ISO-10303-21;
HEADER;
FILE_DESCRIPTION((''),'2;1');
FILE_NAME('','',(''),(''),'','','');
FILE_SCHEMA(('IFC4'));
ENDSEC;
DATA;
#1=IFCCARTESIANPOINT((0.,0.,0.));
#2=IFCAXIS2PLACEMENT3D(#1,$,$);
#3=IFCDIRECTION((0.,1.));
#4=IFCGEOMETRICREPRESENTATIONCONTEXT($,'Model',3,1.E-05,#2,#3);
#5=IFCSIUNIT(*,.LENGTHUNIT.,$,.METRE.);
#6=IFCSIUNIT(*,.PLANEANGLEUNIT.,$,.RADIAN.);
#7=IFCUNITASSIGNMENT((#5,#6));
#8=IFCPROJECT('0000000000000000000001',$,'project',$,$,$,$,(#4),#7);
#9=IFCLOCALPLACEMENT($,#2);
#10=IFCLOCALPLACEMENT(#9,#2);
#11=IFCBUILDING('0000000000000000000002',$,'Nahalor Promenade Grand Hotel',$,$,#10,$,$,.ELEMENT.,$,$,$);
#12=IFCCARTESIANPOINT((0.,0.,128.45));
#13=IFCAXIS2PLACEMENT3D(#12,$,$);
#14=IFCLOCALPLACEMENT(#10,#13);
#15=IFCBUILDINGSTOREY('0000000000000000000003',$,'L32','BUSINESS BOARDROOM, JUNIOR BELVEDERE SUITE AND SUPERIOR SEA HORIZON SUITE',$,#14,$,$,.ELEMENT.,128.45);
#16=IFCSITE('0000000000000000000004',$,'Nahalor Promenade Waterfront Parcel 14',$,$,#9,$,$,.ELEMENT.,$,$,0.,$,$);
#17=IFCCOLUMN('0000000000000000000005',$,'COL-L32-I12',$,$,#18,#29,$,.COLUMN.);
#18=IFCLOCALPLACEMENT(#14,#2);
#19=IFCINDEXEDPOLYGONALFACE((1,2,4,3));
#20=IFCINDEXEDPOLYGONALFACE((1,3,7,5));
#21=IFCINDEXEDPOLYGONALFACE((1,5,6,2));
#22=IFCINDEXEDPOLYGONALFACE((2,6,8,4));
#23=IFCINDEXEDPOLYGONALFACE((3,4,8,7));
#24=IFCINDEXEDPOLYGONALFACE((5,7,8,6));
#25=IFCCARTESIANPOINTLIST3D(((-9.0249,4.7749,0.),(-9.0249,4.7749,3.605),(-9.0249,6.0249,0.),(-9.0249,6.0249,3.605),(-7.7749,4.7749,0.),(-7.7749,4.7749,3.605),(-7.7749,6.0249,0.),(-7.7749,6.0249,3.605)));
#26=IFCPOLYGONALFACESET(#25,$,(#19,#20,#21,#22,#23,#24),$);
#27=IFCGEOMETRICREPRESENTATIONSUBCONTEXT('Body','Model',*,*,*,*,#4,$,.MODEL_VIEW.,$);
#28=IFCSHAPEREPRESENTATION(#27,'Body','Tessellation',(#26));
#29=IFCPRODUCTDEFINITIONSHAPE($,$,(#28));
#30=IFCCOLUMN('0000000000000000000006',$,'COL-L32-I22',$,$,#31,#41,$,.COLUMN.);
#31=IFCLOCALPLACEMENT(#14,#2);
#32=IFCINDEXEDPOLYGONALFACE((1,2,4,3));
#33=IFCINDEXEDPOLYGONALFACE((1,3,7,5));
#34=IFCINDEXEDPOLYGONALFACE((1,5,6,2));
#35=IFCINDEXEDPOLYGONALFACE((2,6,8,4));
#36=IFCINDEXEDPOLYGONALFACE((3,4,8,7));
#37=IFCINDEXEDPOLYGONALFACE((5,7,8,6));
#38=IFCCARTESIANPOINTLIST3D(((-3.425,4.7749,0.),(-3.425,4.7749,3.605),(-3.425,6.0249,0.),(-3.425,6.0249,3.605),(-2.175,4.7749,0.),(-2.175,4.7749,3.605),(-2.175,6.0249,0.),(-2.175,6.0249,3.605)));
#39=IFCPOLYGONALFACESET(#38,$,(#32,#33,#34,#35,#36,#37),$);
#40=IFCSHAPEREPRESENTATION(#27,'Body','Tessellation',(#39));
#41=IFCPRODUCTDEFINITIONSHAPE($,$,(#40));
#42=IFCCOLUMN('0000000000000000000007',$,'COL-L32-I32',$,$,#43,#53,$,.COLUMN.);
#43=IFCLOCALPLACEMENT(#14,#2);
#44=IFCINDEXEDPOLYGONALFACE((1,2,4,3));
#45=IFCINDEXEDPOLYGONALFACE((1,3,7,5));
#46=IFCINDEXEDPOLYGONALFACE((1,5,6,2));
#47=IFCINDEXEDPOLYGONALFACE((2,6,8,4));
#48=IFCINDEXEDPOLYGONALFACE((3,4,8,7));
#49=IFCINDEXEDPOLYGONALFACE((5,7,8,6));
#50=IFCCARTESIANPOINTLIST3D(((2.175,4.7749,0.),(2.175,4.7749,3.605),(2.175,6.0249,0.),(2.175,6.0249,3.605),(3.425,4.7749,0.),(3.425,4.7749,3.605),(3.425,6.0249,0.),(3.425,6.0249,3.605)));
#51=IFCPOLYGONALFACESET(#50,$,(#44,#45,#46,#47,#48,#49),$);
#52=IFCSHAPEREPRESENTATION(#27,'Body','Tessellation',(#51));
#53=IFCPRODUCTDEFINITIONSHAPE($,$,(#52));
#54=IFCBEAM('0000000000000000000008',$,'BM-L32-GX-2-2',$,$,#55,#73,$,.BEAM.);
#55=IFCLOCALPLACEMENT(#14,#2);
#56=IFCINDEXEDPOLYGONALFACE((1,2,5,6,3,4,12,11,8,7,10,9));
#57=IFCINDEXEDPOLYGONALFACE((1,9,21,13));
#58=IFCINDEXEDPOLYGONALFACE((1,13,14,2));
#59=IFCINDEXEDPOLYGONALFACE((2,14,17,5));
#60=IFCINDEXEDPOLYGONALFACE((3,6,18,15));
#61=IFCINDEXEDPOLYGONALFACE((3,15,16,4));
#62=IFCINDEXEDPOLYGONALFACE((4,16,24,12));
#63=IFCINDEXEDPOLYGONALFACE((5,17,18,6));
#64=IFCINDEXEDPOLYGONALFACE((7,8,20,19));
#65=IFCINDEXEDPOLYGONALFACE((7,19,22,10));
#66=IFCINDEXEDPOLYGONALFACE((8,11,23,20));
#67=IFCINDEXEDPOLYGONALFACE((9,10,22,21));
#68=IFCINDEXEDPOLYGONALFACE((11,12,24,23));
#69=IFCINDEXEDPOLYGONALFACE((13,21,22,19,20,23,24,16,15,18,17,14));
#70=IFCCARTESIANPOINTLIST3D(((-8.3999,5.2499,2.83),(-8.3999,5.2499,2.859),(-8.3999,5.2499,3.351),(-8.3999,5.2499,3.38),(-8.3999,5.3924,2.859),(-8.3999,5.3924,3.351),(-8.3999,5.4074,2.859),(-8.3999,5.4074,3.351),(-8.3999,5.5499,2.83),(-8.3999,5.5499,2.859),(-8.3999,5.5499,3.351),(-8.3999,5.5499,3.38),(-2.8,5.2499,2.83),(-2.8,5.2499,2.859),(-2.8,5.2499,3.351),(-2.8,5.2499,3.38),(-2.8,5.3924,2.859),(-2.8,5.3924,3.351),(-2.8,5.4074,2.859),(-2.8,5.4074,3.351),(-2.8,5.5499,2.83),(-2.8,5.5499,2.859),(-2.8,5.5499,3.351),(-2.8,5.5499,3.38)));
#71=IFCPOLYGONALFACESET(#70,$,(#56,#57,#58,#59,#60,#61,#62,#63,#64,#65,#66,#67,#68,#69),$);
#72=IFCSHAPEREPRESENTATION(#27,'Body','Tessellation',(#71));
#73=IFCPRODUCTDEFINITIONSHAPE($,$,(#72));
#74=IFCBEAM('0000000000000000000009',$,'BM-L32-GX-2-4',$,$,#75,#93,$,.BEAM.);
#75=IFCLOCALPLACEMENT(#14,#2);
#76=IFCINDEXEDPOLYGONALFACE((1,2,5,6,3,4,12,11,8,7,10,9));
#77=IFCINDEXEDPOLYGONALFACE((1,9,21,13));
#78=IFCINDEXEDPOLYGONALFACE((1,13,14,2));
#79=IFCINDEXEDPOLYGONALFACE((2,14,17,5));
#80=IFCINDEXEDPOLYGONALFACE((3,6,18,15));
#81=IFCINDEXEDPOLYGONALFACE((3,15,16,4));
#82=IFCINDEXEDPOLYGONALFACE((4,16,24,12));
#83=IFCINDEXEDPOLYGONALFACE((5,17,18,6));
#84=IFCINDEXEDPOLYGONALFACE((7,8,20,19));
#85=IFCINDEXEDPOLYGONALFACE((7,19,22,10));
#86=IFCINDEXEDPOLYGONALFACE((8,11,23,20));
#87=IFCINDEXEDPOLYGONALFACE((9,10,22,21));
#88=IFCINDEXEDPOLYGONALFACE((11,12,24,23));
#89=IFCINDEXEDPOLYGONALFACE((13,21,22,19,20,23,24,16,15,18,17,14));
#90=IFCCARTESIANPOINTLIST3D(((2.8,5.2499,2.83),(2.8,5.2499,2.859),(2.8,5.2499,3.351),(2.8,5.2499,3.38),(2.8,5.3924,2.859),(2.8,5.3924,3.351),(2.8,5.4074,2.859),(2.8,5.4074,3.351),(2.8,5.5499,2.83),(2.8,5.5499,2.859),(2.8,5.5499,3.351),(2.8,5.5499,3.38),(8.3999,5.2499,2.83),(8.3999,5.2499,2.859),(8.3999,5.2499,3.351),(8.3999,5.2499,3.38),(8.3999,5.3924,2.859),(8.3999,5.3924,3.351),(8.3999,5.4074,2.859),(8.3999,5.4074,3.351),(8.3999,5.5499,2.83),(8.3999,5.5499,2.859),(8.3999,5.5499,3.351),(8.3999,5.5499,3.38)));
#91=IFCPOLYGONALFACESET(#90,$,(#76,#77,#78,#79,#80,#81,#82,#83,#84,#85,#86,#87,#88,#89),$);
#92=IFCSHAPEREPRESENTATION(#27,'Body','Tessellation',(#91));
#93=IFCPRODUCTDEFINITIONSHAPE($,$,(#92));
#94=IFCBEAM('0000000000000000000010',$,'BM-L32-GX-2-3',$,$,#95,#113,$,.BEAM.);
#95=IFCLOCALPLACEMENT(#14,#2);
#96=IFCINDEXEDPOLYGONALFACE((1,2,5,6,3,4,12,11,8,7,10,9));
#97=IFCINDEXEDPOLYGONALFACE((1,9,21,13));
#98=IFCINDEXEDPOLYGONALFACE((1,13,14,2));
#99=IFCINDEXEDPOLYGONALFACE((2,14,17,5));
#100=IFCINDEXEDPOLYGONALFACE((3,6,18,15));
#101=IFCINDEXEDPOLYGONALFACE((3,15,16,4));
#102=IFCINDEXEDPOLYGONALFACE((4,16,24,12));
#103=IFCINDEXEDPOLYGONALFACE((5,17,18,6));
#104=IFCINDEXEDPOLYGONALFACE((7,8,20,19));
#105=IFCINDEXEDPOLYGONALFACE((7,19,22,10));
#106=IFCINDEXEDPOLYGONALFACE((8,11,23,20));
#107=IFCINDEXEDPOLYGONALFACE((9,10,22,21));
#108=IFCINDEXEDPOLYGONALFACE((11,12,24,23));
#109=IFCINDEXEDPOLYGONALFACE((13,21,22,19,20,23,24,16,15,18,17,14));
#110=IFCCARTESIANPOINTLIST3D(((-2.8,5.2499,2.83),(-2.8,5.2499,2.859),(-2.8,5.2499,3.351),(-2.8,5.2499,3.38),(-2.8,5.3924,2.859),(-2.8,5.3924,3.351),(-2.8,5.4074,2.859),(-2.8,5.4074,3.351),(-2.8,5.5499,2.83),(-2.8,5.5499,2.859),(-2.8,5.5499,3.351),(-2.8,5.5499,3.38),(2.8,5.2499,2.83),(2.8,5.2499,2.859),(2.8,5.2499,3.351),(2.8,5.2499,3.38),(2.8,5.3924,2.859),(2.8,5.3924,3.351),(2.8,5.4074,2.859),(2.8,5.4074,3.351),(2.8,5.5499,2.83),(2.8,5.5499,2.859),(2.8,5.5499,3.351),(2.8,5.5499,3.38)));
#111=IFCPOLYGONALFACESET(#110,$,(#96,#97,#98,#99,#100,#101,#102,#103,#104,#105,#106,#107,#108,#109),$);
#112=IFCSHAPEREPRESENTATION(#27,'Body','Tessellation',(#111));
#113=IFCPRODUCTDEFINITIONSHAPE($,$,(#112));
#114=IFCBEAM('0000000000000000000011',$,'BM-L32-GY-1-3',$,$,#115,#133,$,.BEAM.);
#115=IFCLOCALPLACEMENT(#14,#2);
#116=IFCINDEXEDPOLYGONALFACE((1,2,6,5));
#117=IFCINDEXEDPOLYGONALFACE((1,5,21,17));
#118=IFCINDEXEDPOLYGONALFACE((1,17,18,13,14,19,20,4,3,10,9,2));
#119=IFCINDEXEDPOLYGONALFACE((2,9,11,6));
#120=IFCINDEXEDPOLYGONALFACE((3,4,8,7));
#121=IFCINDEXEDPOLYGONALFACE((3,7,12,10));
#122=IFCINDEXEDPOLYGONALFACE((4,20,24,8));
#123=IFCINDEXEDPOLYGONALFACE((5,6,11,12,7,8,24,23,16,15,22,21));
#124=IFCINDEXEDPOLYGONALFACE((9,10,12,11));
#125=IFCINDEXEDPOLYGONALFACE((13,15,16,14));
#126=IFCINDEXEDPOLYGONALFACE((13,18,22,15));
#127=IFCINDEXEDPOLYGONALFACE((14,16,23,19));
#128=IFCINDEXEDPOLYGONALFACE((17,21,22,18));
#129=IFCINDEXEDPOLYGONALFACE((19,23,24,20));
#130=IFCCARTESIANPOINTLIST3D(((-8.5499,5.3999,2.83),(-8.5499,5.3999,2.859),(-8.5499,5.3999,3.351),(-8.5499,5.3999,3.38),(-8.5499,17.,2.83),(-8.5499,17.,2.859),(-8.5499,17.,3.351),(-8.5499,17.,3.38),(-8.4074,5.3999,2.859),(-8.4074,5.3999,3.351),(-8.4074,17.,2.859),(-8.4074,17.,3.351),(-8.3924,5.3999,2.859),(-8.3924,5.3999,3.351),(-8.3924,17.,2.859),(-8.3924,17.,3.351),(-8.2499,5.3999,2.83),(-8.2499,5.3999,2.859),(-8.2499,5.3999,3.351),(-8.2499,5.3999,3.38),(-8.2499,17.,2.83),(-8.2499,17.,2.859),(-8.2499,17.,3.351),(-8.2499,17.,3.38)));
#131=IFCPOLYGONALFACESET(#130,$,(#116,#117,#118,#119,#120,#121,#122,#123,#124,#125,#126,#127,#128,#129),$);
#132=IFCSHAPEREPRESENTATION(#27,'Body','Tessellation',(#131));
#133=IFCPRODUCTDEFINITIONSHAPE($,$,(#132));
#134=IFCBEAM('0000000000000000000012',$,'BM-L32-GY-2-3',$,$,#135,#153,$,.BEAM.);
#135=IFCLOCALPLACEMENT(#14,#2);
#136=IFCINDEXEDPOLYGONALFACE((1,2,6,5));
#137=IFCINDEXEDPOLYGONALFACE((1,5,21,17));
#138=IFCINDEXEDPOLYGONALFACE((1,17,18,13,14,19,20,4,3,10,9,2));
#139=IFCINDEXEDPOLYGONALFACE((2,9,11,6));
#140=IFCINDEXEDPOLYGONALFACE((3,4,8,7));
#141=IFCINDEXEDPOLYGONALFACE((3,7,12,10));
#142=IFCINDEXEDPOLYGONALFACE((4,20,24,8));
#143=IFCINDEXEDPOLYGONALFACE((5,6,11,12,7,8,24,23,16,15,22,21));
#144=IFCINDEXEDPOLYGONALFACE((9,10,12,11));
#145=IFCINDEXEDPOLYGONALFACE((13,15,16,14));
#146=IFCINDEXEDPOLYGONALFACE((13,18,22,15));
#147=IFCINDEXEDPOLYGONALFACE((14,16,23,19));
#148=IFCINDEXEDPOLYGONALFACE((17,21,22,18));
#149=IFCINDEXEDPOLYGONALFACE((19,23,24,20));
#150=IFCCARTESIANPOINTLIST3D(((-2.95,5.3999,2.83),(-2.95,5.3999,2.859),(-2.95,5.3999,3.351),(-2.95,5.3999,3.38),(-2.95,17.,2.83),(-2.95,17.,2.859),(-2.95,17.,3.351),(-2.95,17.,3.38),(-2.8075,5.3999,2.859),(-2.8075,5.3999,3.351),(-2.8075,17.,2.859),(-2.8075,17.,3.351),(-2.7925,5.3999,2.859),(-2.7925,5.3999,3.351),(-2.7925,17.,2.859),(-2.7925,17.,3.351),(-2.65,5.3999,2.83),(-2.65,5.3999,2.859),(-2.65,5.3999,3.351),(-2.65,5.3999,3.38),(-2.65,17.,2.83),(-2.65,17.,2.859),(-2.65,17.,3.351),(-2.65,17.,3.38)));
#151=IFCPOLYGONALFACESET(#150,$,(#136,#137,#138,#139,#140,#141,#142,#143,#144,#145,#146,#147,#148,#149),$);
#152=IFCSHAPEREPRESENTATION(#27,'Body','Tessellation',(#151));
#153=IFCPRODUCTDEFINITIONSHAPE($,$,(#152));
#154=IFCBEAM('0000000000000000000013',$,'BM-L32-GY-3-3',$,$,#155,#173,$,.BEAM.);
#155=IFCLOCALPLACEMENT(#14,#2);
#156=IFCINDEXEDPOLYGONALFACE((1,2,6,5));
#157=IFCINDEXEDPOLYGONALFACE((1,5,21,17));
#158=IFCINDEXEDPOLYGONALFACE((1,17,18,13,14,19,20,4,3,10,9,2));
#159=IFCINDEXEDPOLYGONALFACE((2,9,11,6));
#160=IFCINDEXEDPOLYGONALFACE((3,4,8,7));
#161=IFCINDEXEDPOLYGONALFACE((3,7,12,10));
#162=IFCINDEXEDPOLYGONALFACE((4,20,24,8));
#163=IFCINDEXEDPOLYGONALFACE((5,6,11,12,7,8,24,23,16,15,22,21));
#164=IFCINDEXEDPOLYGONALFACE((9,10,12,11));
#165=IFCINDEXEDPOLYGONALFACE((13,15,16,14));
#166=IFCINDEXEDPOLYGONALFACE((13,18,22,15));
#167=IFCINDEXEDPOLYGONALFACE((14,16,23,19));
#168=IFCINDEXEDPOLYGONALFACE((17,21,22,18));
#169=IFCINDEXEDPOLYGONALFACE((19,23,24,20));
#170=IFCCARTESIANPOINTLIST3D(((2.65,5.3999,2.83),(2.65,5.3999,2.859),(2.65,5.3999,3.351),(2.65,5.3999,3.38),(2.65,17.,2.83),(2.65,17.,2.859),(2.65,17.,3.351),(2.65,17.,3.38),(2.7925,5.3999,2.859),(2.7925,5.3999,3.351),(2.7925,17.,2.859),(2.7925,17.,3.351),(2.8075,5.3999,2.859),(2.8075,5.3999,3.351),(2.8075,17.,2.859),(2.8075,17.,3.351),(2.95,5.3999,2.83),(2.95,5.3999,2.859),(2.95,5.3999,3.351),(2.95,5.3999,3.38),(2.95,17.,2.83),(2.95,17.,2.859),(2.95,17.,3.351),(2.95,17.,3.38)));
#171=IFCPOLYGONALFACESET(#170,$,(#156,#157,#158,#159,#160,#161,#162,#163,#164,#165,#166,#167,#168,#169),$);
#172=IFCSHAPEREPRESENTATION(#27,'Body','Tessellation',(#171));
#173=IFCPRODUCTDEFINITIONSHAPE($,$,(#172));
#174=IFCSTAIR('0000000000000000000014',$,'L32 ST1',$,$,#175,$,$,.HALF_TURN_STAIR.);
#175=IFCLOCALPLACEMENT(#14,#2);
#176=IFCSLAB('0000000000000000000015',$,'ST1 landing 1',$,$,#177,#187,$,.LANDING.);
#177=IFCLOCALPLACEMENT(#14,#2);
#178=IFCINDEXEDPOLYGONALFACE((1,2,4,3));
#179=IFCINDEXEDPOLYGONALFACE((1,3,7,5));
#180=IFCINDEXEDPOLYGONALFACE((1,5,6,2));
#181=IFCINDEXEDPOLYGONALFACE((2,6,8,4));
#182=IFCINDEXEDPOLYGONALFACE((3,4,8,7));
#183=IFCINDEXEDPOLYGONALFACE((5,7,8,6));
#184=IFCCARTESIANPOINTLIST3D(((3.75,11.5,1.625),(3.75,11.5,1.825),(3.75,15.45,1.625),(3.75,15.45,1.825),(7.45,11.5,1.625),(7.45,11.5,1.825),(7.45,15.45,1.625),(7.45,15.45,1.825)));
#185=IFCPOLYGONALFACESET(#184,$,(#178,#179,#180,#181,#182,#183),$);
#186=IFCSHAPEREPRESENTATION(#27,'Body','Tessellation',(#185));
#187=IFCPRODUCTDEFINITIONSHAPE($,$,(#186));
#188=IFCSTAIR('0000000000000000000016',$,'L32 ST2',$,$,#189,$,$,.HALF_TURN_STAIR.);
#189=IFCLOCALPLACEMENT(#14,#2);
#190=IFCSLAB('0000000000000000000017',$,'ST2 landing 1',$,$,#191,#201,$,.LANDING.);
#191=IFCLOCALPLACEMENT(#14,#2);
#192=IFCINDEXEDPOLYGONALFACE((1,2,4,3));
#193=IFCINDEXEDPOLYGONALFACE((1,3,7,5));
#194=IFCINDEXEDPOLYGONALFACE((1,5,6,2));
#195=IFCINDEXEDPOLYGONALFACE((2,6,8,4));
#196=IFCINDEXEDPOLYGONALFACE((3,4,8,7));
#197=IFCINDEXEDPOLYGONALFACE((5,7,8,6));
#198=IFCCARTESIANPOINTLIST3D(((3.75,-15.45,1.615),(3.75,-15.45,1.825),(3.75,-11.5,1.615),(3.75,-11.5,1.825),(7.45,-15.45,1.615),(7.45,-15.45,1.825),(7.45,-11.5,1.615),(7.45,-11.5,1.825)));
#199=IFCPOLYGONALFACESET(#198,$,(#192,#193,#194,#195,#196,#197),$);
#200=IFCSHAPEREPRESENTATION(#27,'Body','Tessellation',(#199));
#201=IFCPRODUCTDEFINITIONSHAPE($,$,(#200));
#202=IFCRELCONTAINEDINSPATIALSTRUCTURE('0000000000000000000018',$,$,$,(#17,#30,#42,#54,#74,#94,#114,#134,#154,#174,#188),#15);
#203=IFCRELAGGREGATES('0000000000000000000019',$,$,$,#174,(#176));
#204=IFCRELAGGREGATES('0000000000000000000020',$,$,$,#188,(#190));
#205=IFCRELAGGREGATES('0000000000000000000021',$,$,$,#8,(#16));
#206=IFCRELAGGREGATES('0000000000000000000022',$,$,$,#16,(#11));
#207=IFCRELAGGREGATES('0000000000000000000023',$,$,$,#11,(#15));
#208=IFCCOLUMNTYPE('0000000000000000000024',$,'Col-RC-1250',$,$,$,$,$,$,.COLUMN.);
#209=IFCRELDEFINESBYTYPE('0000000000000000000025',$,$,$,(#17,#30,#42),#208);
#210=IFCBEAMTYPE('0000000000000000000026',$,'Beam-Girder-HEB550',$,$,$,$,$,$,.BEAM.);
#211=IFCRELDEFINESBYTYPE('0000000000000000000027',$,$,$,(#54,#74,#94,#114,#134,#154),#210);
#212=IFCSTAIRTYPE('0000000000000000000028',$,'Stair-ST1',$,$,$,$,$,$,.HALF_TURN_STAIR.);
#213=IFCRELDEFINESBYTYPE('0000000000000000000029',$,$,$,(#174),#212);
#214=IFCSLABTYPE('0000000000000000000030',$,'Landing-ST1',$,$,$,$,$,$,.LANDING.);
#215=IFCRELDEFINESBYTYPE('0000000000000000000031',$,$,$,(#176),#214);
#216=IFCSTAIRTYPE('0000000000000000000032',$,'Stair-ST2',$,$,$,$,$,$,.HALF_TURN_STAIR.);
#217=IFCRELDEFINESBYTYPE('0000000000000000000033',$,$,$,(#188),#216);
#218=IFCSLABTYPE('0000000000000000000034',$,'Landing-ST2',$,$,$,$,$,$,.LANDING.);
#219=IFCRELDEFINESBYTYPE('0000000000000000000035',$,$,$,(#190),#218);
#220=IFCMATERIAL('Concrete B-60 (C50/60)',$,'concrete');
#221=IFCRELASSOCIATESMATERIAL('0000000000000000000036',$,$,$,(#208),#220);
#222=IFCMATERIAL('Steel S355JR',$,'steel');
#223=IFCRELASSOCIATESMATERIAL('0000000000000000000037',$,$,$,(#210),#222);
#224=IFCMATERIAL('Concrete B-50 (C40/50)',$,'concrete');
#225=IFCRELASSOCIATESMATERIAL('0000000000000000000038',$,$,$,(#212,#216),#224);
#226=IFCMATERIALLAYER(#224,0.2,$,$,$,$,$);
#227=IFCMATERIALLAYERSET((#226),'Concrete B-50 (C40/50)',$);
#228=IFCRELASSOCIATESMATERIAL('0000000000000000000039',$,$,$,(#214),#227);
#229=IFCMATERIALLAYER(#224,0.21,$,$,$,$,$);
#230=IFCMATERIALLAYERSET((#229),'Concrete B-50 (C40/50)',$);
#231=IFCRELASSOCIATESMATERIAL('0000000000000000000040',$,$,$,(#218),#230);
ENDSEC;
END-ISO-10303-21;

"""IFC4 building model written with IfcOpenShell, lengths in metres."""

from ifc_helpers import new_model, si_unit, direction, frame, origin, origin_2d, place, context, subcontext, project, spatial, polyline, rectangle, i_section, outline, extrude, source, transform, mapped, material, layer, layer_set, material_profile, profile_set, type_object, element, aggregate, save


model = new_model("IFC4")

# Units and contexts
model_context = context("Model", 3, precision=1e-05, world=origin(), true_north=direction((0.0, 1.0)))
body_context = subcontext(model_context, "Body", "Model", "MODEL_VIEW")
ifc_project = project(units=[si_unit("LENGTHUNIT", "METRE"), si_unit("PLANEANGLEUNIT", "RADIAN")], contexts=[model_context])

# Site, building, storey
site_placement = place(None, origin())
site = spatial("IfcSite", under=ifc_project, at=site_placement, Name="Nahalor Promenade Waterfront Parcel 14", CompositionType="ELEMENT", RefElevation=0.0)
building_placement = place(site_placement, origin())
building = spatial("IfcBuilding", under=site, at=building_placement, Name="Nahalor Promenade Grand Hotel", CompositionType="ELEMENT")
storey_placement = place(building_placement, frame((0.0, 0.0, 128.45)))
storey = spatial("IfcBuildingStorey", under=building, at=storey_placement, Name="L32", Description="BUSINESS BOARDROOM, JUNIOR BELVEDERE SUITE AND SUPERIOR SEA HORIZON SUITE", CompositionType="ELEMENT", Elevation=128.45)

# Columns
ifc_material_1 = material(Name="Concrete B-60 (C50/60)", Category="concrete")
ifc_material_profile_1 = material_profile(ifc_material_1, rectangle(XDim=1.25, YDim=1.25, at=origin_2d()), Name="RC 1250x1250")
ifc_profile_set_1 = profile_set([ifc_material_profile_1], Name="Concrete B-60 (C50/60)")
column_type = type_object("IfcColumnType", Name="Col-RC-1250", PredefinedType="COLUMN", material=ifc_profile_set_1)
shared_shape_1 = source(origin(), body_context, "Body", "SweptSolid", [
    extrude(rectangle(XDim=1.25, YDim=1.25, at=origin_2d()), origin(), (0.0, 0.0, 1.0), 3.605),
])
for number, where, z_axis, x_axis, name in (
    (1, (-8.3999, 5.3999, 0.0), (0.0, 0.0, 1.0), (1.0, 0.0, 0.0), "COL-L32-I12"),
    (2, (-2.8, 5.3999, 0.0), (0.0, 0.0, 1.0), (1.0, 0.0, 0.0), "COL-L32-I22"),
    (3, (2.8, 5.3999, 0.0), (0.0, 0.0, 1.0), (1.0, 0.0, 0.0), "COL-L32-I32"),
):
    element("IfcColumn", number, at=place(storey_placement, frame(where, z_axis=z_axis, x_axis=x_axis)), inside=storey, type_object=column_type, Name=name, PredefinedType="COLUMN", context=body_context, shape_type="MappedRepresentation", body=[
        mapped(shared_shape_1, transform((0.0, 0.0, 0.0), scale=1.0)),
    ])

# Beams
ifc_material_2 = material(Name="Steel S355JR", Category="steel")
ifc_material_profile_2 = material_profile(ifc_material_2, i_section(OverallWidth=0.3, OverallDepth=0.55, WebThickness=0.015, FlangeThickness=0.029, at=origin_2d()), Name="HEB 550")
ifc_profile_set_2 = profile_set([ifc_material_profile_2], Name="Steel S355JR")
beam_type = type_object("IfcBeamType", Name="Beam-Girder-HEB550", PredefinedType="BEAM", material=ifc_profile_set_2)
shared_shape_2 = source(origin(), body_context, "Body", "SweptSolid", [
    extrude(i_section(OverallWidth=0.3, OverallDepth=0.55, WebThickness=0.015, FlangeThickness=0.029, at=origin_2d()), origin(), (0.0, 0.0, 1.0), 5.5999),
])
for number, where, z_axis, x_axis, name in (
    (4, (-8.3999, 5.3999, 3.105), (1.0, 0.0, 0.0), (0.0, 1.0, 0.0), "BM-L32-GX-2-2"),
    (5, (2.8, 5.3999, 3.105), (1.0, 0.0, 0.0), (0.0, 1.0, 0.0), "BM-L32-GX-2-4"),
):
    element("IfcBeam", number, at=place(storey_placement, frame(where, z_axis=z_axis, x_axis=x_axis)), inside=storey, type_object=beam_type, Name=name, PredefinedType="BEAM", context=body_context, shape_type="MappedRepresentation", body=[
        mapped(shared_shape_2, transform((0.0, 0.0, 0.0), scale=1.0)),
    ])
shared_shape_3 = source(origin(), body_context, "Body", "SweptSolid", [
    extrude(i_section(OverallWidth=0.3, OverallDepth=0.55, WebThickness=0.015, FlangeThickness=0.029, at=origin_2d()), origin(), (0.0, 0.0, 1.0), 5.6001),
])
beam_placement = place(storey_placement, frame((-2.8, 5.3999, 3.105), z_axis=(1.0, 0.0, 0.0), x_axis=(0.0, 1.0, 0.0)))
element("IfcBeam", 6, at=beam_placement, inside=storey, type_object=beam_type, Name="BM-L32-GX-2-3", PredefinedType="BEAM", context=body_context, shape_type="MappedRepresentation", body=[
    mapped(shared_shape_3, transform((0.0, 0.0, 0.0), scale=1.0)),
])
shared_shape_4 = source(origin(), body_context, "Body", "SweptSolid", [
    extrude(i_section(OverallWidth=0.3, OverallDepth=0.55, WebThickness=0.015, FlangeThickness=0.029, at=origin_2d()), origin(), (0.0, 0.0, 1.0), 11.6001),
])
for number, where, z_axis, x_axis, name in (
    (7, (-8.3999, 5.3999, 3.105), (0.0, 1.0, 0.0), (-1.0, 0.0, 0.0), "BM-L32-GY-1-3"),
    (8, (-2.8, 5.3999, 3.105), (0.0, 1.0, 0.0), (-1.0, 0.0, 0.0), "BM-L32-GY-2-3"),
    (9, (2.8, 5.3999, 3.105), (0.0, 1.0, 0.0), (-1.0, 0.0, 0.0), "BM-L32-GY-3-3"),
):
    element("IfcBeam", number, at=place(storey_placement, frame(where, z_axis=z_axis, x_axis=x_axis)), inside=storey, type_object=beam_type, Name=name, PredefinedType="BEAM", context=body_context, shape_type="MappedRepresentation", body=[
        mapped(shared_shape_4, transform((0.0, 0.0, 0.0), scale=1.0)),
    ])

# Stairs, slabs
ifc_material_3 = material(Name="Concrete B-50 (C40/50)", Category="concrete")
stair_type_1 = type_object("IfcStairType", Name="Stair-ST1", PredefinedType="HALF_TURN_STAIR", material=ifc_material_3)
stair_1_placement = place(storey_placement, origin())
stair_1 = element("IfcStair", 10, at=stair_1_placement, inside=storey, type_object=stair_type_1, Name="L32 ST1", PredefinedType="HALF_TURN_STAIR")
ifc_layer_1 = layer(ifc_material_3, 0.2)
ifc_layer_set_1 = layer_set([ifc_layer_1], Name="Concrete B-50 (C40/50)")
slab_type_1 = type_object("IfcSlabType", Name="Landing-ST1", PredefinedType="LANDING", material=ifc_layer_set_1)
slab_1_placement = place(storey_placement, frame((0.0, 0.0, 1.625)))
slab_1 = element("IfcSlab", 11, at=slab_1_placement, type_object=slab_type_1, Name="ST1 landing 1", PredefinedType="LANDING", context=body_context, shape_type="SweptSolid", body=[
    extrude(outline(polyline([(7.45, 11.5), (7.45, 15.45), (3.75, 15.45), (3.75, 11.5), (7.45, 11.5)])), origin(), (0.0, 0.0, 1.0), 0.2),
])
aggregate(stair_1, [slab_1])
stair_type_2 = type_object("IfcStairType", Name="Stair-ST2", PredefinedType="HALF_TURN_STAIR", material=ifc_material_3)
stair_2_placement = place(storey_placement, origin())
stair_2 = element("IfcStair", 12, at=stair_2_placement, inside=storey, type_object=stair_type_2, Name="L32 ST2", PredefinedType="HALF_TURN_STAIR")
ifc_layer_2 = layer(ifc_material_3, 0.21)
ifc_layer_set_2 = layer_set([ifc_layer_2], Name="Concrete B-50 (C40/50)")
slab_type_2 = type_object("IfcSlabType", Name="Landing-ST2", PredefinedType="LANDING", material=ifc_layer_set_2)
slab_2_placement = place(storey_placement, frame((0.0, 0.0, 1.615)))
slab_2 = element("IfcSlab", 13, at=slab_2_placement, type_object=slab_type_2, Name="ST2 landing 1", PredefinedType="LANDING", context=body_context, shape_type="SweptSolid", body=[
    extrude(outline(polyline([(3.75, -11.5), (3.75, -15.45), (7.45, -15.45), (7.45, -11.5), (3.75, -11.5)])), origin(), (0.0, 0.0, 1.0), 0.21),
])
aggregate(stair_2, [slab_2])

save(model, "model.ifc")
